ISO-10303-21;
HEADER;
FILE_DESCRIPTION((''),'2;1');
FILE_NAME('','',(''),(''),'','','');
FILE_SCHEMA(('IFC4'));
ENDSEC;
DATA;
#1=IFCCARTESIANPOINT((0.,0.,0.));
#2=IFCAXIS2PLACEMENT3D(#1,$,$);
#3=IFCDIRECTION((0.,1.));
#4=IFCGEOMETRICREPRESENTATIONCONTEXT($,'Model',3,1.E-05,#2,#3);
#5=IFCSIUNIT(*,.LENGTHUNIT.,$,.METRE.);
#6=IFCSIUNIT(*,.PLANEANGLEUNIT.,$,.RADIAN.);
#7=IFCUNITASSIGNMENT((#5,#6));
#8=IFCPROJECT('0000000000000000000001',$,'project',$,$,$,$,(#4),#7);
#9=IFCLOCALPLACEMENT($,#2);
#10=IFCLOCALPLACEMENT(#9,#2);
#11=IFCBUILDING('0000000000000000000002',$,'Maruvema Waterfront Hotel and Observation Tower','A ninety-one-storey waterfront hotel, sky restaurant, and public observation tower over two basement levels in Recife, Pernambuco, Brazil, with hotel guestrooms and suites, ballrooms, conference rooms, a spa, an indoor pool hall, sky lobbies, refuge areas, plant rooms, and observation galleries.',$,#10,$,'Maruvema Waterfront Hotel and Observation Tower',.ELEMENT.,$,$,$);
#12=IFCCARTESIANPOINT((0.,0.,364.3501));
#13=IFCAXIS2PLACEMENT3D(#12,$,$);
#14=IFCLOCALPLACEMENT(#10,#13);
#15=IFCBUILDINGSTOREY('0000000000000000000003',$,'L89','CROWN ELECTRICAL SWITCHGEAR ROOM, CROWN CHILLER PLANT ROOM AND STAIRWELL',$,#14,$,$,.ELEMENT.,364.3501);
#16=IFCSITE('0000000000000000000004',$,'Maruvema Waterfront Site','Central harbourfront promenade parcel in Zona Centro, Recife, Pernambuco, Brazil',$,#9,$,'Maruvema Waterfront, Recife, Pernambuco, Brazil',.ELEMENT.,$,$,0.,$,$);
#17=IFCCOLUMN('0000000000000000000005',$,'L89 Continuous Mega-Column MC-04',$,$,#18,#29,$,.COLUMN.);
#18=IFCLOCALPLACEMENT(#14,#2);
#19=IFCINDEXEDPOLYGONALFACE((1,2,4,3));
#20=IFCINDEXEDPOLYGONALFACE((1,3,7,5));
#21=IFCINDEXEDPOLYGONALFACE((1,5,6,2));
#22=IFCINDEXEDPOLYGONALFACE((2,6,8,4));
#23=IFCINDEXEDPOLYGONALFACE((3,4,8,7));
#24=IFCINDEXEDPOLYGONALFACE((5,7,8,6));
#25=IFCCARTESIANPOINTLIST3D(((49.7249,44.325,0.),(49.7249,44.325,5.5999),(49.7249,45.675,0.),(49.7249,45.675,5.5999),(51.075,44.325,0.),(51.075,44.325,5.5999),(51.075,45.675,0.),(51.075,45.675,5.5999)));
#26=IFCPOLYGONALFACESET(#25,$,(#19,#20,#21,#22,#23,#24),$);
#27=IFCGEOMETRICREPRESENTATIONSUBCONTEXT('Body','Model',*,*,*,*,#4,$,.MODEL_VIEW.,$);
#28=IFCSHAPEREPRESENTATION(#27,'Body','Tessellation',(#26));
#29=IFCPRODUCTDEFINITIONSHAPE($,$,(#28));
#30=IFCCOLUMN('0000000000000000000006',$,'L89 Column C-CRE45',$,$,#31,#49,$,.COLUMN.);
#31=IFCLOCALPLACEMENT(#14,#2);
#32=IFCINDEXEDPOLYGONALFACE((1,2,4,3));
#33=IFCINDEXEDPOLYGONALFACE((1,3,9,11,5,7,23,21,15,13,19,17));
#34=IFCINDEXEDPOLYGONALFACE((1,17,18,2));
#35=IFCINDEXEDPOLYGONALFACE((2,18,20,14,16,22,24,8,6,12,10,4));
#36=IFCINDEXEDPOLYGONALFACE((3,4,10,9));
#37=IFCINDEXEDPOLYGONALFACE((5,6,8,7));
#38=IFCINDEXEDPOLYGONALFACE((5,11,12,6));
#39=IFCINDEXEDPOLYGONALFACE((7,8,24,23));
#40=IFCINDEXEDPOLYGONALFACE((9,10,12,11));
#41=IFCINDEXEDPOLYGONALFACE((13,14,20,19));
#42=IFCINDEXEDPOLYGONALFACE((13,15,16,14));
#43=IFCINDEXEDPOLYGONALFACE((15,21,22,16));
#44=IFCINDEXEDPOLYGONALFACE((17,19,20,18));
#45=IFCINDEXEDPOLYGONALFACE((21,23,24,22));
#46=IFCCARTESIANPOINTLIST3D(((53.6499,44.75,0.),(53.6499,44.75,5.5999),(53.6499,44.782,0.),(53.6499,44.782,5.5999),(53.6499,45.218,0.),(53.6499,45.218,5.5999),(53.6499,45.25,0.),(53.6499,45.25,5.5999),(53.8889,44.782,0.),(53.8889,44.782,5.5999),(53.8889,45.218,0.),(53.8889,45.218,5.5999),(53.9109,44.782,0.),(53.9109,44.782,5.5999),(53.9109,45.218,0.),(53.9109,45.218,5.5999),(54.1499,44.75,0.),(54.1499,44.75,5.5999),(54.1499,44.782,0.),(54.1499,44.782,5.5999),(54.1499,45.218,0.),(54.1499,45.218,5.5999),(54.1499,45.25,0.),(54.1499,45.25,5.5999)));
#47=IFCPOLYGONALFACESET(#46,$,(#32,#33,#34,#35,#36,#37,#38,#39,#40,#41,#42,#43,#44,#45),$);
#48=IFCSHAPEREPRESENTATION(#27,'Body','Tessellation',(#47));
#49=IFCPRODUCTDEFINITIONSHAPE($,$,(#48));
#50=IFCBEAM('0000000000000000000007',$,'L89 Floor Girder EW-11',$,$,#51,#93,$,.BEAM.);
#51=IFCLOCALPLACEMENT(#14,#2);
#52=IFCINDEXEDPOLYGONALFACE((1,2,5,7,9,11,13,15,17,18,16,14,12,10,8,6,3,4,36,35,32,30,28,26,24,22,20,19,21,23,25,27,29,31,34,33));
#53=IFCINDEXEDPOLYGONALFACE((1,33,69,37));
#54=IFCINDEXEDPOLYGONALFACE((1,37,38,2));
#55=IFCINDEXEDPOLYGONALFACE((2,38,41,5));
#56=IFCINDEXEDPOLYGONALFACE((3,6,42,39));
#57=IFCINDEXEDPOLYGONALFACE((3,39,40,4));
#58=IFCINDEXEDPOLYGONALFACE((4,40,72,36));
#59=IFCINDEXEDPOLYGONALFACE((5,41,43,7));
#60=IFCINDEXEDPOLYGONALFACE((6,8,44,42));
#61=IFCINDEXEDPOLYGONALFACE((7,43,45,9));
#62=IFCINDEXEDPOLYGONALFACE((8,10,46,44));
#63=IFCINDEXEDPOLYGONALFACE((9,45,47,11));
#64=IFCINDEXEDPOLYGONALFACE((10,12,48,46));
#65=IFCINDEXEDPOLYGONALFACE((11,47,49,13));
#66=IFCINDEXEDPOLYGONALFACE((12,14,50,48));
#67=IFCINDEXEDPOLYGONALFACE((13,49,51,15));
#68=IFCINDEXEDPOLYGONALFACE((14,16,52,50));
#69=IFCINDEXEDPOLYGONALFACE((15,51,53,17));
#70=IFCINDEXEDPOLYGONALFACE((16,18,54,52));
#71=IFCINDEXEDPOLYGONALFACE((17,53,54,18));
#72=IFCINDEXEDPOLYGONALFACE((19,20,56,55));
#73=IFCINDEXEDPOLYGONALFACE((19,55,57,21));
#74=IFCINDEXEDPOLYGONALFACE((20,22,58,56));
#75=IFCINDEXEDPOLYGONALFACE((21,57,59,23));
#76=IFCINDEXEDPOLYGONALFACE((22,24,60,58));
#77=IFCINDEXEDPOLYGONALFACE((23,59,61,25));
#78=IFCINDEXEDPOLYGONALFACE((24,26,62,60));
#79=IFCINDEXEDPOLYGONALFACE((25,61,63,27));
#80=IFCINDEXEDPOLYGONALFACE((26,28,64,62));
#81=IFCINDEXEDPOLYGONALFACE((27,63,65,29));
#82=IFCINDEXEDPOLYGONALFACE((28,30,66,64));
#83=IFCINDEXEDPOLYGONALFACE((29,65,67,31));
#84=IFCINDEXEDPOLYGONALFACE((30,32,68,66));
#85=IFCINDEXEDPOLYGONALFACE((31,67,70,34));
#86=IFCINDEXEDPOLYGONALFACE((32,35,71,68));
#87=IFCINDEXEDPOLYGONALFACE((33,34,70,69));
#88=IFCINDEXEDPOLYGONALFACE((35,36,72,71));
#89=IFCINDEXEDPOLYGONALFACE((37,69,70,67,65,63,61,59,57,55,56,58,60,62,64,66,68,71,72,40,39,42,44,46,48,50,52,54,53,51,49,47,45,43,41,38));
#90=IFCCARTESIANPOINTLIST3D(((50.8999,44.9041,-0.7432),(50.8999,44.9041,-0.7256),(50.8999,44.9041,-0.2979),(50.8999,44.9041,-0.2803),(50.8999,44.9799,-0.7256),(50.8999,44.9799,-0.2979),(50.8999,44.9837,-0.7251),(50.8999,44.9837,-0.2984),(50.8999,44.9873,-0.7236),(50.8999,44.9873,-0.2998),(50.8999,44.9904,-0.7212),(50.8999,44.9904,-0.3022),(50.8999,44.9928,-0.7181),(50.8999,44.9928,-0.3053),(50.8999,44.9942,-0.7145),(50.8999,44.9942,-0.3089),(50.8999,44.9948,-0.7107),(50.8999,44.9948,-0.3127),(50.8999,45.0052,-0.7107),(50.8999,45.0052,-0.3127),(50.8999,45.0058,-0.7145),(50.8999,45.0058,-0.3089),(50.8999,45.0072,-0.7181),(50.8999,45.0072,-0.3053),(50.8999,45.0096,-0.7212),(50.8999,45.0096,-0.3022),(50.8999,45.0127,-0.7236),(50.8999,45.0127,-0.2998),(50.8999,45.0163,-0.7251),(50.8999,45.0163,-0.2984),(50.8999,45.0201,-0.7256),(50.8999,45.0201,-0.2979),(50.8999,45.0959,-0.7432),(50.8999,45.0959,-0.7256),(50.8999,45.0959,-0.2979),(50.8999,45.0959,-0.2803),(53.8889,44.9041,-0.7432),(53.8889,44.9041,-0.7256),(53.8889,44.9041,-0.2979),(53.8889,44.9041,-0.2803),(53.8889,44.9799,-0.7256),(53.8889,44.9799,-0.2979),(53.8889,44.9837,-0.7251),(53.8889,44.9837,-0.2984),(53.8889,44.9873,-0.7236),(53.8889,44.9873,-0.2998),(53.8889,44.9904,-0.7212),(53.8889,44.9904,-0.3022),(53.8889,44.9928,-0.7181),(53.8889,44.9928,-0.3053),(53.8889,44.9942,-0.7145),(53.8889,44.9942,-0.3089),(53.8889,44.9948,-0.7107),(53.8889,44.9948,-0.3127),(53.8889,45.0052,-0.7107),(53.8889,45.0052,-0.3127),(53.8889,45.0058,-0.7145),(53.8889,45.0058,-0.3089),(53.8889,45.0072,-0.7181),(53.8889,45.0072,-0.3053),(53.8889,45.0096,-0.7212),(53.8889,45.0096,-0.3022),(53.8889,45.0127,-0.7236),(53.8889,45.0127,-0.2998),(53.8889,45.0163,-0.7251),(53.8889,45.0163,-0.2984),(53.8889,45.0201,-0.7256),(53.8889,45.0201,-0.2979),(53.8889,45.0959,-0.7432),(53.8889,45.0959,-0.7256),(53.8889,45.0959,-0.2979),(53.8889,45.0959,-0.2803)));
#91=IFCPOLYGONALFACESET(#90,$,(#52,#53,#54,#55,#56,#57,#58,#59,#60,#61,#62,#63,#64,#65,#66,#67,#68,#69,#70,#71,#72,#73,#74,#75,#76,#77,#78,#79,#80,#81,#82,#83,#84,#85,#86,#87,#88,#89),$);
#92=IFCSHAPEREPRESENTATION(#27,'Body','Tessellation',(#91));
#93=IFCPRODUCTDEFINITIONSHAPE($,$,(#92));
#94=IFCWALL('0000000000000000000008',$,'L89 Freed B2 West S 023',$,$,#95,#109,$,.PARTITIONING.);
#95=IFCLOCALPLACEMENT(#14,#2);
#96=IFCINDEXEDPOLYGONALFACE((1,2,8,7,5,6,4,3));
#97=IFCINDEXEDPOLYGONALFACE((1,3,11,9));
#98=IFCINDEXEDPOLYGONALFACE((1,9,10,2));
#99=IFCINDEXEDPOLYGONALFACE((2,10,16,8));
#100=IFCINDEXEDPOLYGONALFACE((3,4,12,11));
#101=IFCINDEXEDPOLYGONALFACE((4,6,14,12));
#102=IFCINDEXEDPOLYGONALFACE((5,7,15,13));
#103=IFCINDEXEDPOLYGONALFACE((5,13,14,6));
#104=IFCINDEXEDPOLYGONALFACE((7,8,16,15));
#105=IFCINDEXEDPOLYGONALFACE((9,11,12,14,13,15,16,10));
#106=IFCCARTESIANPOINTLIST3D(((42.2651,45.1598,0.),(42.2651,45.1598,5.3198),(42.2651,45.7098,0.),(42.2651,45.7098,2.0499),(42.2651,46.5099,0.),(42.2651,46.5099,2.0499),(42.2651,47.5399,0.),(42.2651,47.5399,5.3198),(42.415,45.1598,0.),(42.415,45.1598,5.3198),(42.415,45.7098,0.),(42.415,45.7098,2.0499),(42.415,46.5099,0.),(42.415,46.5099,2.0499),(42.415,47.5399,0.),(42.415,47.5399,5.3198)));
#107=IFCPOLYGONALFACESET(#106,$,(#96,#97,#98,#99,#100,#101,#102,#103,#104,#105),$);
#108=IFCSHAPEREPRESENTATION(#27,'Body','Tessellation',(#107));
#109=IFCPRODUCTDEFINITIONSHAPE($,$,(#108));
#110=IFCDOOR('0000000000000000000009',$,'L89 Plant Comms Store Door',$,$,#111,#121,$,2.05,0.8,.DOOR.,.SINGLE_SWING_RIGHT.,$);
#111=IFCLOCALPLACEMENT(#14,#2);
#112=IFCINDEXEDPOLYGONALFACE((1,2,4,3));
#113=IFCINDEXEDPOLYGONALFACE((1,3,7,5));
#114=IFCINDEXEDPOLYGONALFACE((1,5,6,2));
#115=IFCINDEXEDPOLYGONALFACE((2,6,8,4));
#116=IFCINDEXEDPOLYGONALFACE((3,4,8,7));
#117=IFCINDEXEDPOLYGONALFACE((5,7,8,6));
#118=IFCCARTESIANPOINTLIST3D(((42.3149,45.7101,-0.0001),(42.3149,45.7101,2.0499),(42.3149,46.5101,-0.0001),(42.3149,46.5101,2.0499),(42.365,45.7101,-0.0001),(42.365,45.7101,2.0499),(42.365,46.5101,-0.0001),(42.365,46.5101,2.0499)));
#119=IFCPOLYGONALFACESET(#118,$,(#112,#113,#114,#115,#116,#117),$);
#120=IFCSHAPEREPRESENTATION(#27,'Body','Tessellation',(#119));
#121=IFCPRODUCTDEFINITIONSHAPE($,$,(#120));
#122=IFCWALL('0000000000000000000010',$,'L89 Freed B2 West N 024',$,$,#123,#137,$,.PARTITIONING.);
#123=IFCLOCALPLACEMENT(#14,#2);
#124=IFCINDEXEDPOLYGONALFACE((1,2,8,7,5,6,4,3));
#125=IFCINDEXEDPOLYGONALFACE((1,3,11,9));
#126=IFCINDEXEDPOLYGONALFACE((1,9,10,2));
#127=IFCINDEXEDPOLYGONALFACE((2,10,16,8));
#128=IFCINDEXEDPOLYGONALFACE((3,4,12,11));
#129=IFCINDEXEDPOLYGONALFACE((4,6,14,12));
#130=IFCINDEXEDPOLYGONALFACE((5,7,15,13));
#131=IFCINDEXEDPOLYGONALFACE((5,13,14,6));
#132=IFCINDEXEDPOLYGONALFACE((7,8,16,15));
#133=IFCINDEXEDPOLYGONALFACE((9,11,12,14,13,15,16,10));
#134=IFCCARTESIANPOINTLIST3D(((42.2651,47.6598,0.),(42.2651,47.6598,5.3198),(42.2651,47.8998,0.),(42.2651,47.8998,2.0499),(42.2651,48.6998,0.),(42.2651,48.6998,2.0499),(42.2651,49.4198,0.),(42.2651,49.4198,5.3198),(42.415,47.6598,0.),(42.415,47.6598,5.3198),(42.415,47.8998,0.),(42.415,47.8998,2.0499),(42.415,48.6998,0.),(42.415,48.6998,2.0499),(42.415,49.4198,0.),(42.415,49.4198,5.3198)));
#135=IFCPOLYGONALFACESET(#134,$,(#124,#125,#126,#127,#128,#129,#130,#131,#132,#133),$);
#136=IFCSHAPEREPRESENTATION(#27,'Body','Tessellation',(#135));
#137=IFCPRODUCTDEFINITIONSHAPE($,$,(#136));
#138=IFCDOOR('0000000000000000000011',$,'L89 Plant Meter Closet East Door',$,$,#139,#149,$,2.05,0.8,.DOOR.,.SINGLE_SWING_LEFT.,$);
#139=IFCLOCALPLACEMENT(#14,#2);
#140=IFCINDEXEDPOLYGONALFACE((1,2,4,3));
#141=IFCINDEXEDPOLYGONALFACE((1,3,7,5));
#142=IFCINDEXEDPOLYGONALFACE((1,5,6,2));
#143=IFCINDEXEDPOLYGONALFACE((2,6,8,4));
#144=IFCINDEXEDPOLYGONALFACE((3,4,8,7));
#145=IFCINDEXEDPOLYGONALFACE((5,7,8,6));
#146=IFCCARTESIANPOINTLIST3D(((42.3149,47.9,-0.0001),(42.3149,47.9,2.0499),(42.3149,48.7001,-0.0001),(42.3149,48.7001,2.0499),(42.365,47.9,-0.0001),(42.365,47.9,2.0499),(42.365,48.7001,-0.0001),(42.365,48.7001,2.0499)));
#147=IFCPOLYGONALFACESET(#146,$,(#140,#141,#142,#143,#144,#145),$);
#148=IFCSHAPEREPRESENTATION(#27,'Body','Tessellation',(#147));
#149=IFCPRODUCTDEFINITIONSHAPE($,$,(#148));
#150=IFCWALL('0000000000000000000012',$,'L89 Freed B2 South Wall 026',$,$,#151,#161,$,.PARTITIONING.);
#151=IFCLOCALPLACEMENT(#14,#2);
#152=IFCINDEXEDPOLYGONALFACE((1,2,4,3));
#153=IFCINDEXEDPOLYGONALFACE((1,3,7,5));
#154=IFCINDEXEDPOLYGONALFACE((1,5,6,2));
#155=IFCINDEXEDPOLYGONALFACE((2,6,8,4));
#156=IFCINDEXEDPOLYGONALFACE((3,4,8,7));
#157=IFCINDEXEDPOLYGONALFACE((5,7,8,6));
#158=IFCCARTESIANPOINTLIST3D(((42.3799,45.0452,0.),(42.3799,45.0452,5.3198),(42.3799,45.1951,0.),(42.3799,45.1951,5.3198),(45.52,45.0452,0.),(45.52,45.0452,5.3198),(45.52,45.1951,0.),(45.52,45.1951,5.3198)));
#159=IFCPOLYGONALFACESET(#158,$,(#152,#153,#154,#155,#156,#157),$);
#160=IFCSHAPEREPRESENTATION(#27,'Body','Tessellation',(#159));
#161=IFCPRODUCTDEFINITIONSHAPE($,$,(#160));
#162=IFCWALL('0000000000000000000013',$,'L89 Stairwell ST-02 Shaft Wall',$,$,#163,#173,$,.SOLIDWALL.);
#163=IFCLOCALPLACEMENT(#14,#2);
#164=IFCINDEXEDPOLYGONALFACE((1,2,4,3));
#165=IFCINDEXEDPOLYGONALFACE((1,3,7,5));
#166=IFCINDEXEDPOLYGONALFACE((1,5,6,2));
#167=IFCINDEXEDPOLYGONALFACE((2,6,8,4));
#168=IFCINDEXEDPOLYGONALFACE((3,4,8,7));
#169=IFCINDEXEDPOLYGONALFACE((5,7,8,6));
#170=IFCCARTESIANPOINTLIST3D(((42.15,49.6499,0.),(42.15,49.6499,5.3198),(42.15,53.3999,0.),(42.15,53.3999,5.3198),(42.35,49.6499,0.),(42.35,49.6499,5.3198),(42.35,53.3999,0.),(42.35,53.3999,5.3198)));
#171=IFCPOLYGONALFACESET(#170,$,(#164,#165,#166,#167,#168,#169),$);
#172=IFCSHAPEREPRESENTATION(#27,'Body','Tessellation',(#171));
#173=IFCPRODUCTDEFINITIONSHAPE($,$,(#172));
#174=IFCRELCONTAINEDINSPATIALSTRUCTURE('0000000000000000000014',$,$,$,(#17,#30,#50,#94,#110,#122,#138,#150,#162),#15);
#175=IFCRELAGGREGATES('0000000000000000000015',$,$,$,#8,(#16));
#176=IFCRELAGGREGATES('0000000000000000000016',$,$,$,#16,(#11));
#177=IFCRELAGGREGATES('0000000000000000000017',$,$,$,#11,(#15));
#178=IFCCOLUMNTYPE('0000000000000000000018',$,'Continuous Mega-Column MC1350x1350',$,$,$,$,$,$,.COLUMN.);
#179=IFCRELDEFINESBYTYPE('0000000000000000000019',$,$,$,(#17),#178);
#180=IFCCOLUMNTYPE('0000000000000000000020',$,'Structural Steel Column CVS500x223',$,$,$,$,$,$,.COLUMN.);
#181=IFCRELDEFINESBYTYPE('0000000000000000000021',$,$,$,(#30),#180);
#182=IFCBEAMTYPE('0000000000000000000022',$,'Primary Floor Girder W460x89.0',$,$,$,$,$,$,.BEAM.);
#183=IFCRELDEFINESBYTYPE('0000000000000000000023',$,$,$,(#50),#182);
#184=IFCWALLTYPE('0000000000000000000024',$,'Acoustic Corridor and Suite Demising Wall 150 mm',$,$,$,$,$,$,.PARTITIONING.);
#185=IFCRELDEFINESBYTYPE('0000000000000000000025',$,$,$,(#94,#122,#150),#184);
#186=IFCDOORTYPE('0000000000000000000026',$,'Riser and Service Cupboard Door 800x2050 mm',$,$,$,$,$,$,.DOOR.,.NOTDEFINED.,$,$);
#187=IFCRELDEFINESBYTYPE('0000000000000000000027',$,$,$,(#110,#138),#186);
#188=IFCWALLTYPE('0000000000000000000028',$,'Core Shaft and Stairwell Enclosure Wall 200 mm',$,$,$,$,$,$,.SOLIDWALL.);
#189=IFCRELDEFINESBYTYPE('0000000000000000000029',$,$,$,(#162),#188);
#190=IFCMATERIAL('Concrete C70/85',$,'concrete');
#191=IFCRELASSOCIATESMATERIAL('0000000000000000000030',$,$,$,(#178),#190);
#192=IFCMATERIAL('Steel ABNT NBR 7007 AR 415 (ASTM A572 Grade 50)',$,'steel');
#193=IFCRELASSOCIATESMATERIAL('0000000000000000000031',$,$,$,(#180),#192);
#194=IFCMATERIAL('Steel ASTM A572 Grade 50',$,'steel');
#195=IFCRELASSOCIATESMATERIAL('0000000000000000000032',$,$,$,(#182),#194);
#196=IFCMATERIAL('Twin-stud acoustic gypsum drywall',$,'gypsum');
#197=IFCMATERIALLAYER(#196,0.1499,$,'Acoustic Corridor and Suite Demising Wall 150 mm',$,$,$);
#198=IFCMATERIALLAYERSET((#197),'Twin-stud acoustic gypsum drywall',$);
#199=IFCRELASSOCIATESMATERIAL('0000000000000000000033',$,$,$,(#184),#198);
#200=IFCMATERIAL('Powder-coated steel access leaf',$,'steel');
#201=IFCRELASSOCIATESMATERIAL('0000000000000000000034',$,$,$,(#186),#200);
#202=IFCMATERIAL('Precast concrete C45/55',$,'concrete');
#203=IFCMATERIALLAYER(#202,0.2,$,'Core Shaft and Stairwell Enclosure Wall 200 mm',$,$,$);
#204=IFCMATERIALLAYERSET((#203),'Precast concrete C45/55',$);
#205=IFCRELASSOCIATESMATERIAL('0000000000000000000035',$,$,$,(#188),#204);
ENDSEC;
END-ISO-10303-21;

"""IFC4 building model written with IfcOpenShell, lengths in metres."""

from ifc_helpers import new_model, si_unit, direction, frame, frame_2d, origin, origin_2d, place, context, subcontext, project, spatial, rectangle, i_section, extrude, material, layer, layer_set, material_profile, profile_set, type_object, element, fill, save


model = new_model("IFC4")

# Units and contexts
model_context = context("Model", 3, precision=1e-05, world=origin(), true_north=direction((0.0, 1.0)))
body_context = subcontext(model_context, "Body", "Model", "MODEL_VIEW")
ifc_project = project(units=[si_unit("LENGTHUNIT", "METRE"), si_unit("PLANEANGLEUNIT", "RADIAN")], contexts=[model_context])

# Site, building, storey
site_placement = place(None, origin())
site = spatial("IfcSite", under=ifc_project, at=site_placement, Name="Maruvema Waterfront Site", Description="Central harbourfront promenade parcel in Zona Centro, Recife, Pernambuco, Brazil", LongName="Maruvema Waterfront, Recife, Pernambuco, Brazil", CompositionType="ELEMENT", RefElevation=0.0)
building_placement = place(site_placement, origin())
building = spatial("IfcBuilding", under=site, at=building_placement, Name="Maruvema Waterfront Hotel and Observation Tower", Description="A ninety-one-storey waterfront hotel, sky restaurant, and public observation tower over two basement levels in Recife, Pernambuco, Brazil, with hotel guestrooms and suites, ballrooms, conference rooms, a spa, an indoor pool hall, sky lobbies, refuge areas, plant rooms, and observation galleries.", LongName="Maruvema Waterfront Hotel and Observation Tower", CompositionType="ELEMENT")
storey_placement = place(building_placement, frame((0.0, 0.0, 364.3501)))
storey = spatial("IfcBuildingStorey", under=building, at=storey_placement, Name="L89", Description="CROWN ELECTRICAL SWITCHGEAR ROOM, CROWN CHILLER PLANT ROOM AND STAIRWELL", CompositionType="ELEMENT", Elevation=364.3501)

# Columns
ifc_material_1 = material(Name="Concrete C70/85", Category="concrete")
ifc_material_profile_1 = material_profile(ifc_material_1, rectangle(XDim=1.3501, YDim=1.3501, at=origin_2d()), Name="MC1350x1350")
ifc_profile_set_1 = profile_set([ifc_material_profile_1], Name="Concrete C70/85")
column_type_1 = type_object("IfcColumnType", Name="Continuous Mega-Column MC1350x1350", PredefinedType="COLUMN", material=ifc_profile_set_1)
column_1_placement = place(storey_placement, frame((50.3999, 45.0, 0.0), z_axis=(0.0, 0.0, 1.0), x_axis=(1.0, 0.0, 0.0)))
element("IfcColumn", 1, at=column_1_placement, inside=storey, type_object=column_type_1, Name="L89 Continuous Mega-Column MC-04", PredefinedType="COLUMN", context=body_context, shape_type="SweptSolid", body=[
    extrude(rectangle(XDim=1.3501, YDim=1.3501, at=origin_2d()), origin(), (0.0, 0.0, 1.0), 5.5999),
])
ifc_material_2 = material(Name="Steel ABNT NBR 7007 AR 415 (ASTM A572 Grade 50)", Category="steel")
ifc_material_profile_2 = material_profile(ifc_material_2, i_section(OverallWidth=0.5, OverallDepth=0.5, WebThickness=0.022, FlangeThickness=0.032, at=origin_2d()), Name="CVS500x223")
ifc_profile_set_2 = profile_set([ifc_material_profile_2], Name="Steel ABNT NBR 7007 AR 415 (ASTM A572 Grade 50)")
column_type_2 = type_object("IfcColumnType", Name="Structural Steel Column CVS500x223", PredefinedType="COLUMN", material=ifc_profile_set_2)
column_2_placement = place(storey_placement, frame((53.8999, 45.0, 0.0), z_axis=(0.0, 0.0, 1.0), x_axis=(1.0, 0.0, 0.0)))
element("IfcColumn", 2, at=column_2_placement, inside=storey, type_object=column_type_2, Name="L89 Column C-CRE45", PredefinedType="COLUMN", context=body_context, shape_type="SweptSolid", body=[
    extrude(i_section(OverallWidth=0.5, OverallDepth=0.5, WebThickness=0.022, FlangeThickness=0.032, at=origin_2d()), origin(), (0.0, 0.0, 1.0), 5.5999),
])

# Beam
ifc_material_3 = material(Name="Steel ASTM A572 Grade 50", Category="steel")
ifc_material_profile_3 = material_profile(ifc_material_3, i_section(OverallWidth=0.1919, OverallDepth=0.4629, WebThickness=0.0105, FlangeThickness=0.0176, FilletRadius=0.0149, at=origin_2d()), Name="W460x89.0")
ifc_profile_set_3 = profile_set([ifc_material_profile_3], Name="Steel ASTM A572 Grade 50")
beam_type = type_object("IfcBeamType", Name="Primary Floor Girder W460x89.0", PredefinedType="BEAM", material=ifc_profile_set_3)
beam_placement = place(storey_placement, frame((50.8999, 45.0, -0.5117), z_axis=(1.0, 0.0, 0.0), x_axis=(0.0, 1.0, 0.0)))
element("IfcBeam", 3, at=beam_placement, inside=storey, type_object=beam_type, Name="L89 Floor Girder EW-11", PredefinedType="BEAM", context=body_context, shape_type="SweptSolid", body=[
    extrude(i_section(OverallWidth=0.1919, OverallDepth=0.4629, WebThickness=0.0105, FlangeThickness=0.0176, FilletRadius=0.0149, at=origin_2d()), origin(), (0.0, 0.0, 1.0), 2.989),
])

# Walls, openings, doors
ifc_material_4 = material(Name="Twin-stud acoustic gypsum drywall", Category="gypsum")
ifc_layer_1 = layer(ifc_material_4, 0.1499, Name="Acoustic Corridor and Suite Demising Wall 150 mm")
ifc_layer_set_1 = layer_set([ifc_layer_1], Name="Twin-stud acoustic gypsum drywall")
wall_type_1 = type_object("IfcWallType", Name="Acoustic Corridor and Suite Demising Wall 150 mm", PredefinedType="PARTITIONING", material=ifc_layer_set_1)
wall_1_placement = place(storey_placement, frame((42.3401, 45.1599, 0.0), z_axis=(0.0, 0.0, 1.0), x_axis=(0.0, 1.0, 0.0)))
wall_1 = element("IfcWall", 4, at=wall_1_placement, inside=storey, type_object=wall_type_1, Name="L89 Freed B2 West S 023", PredefinedType="PARTITIONING", context=body_context, shape_type="SweptSolid", body=[
    extrude(rectangle(XDim=2.3801, YDim=0.1499, at=frame_2d((1.1899, 0.0))), origin(), (0.0, 0.0, 1.0), 5.3198),
])
opening_1_placement = place(wall_1_placement, frame((0.55, 0.0, 0.0)))
opening_1 = element("IfcOpeningElement", 5, at=opening_1_placement, cuts=wall_1, PredefinedType="OPENING", context=body_context, shape_type="SweptSolid", body=[
    extrude(rectangle(XDim=0.8, YDim=2.05, at=frame_2d((0.3999, 1.0249))), frame((0.0, 0.085, 0.0), z_axis=(0.0, -1.0, 0.0), x_axis=(1.0, 0.0, 0.0)), (0.0, 0.0, 1.0), 0.1699),
])
ifc_material_5 = material(Name="Powder-coated steel access leaf", Category="steel")
door_type = type_object("IfcDoorType", Name="Riser and Service Cupboard Door 800x2050 mm", OperationType="NOTDEFINED", PredefinedType="DOOR", material=ifc_material_5)
door_1_placement = place(opening_1_placement, frame((0.8, 0.0, 0.0), z_axis=(0.0, 0.0, 1.0), x_axis=(-1.0, 0.0, 0.0)))
door_1 = element("IfcDoor", 6, at=door_1_placement, inside=storey, type_object=door_type, Name="L89 Plant Comms Store Door", OperationType="SINGLE_SWING_RIGHT", OverallHeight=2.05, OverallWidth=0.8, PredefinedType="DOOR", context=body_context, shape_type="SweptSolid", body=[
    extrude(rectangle(XDim=0.8, YDim=2.05, at=frame_2d((0.3999, 1.0249))), frame((0.0, 0.0249, 0.0), z_axis=(0.0, -1.0, 0.0), x_axis=(1.0, 0.0, 0.0)), (0.0, 0.0, 1.0), 0.05),
])
fill(opening_1, door_1)
wall_2_placement = place(storey_placement, frame((42.3401, 47.6599, 0.0), z_axis=(0.0, 0.0, 1.0), x_axis=(0.0, 1.0, 0.0)))
wall_2 = element("IfcWall", 7, at=wall_2_placement, inside=storey, type_object=wall_type_1, Name="L89 Freed B2 West N 024", PredefinedType="PARTITIONING", context=body_context, shape_type="SweptSolid", body=[
    extrude(rectangle(XDim=1.76, YDim=0.1499, at=frame_2d((0.8799, 0.0))), origin(), (0.0, 0.0, 1.0), 5.3198),
])
opening_2_placement = place(wall_2_placement, frame((0.24, 0.0, 0.0)))
opening_2 = element("IfcOpeningElement", 8, at=opening_2_placement, cuts=wall_2, PredefinedType="OPENING", context=body_context, shape_type="SweptSolid", body=[
    extrude(rectangle(XDim=0.8, YDim=2.05, at=frame_2d((0.3999, 1.0249))), frame((0.0, 0.085, 0.0), z_axis=(0.0, -1.0, 0.0), x_axis=(1.0, 0.0, 0.0)), (0.0, 0.0, 1.0), 0.1699),
])
door_2_placement = place(opening_2_placement, frame((0.8, 0.0, 0.0), z_axis=(0.0, 0.0, 1.0), x_axis=(-1.0, 0.0, 0.0)))
door_2 = element("IfcDoor", 9, at=door_2_placement, inside=storey, type_object=door_type, Name="L89 Plant Meter Closet East Door", OperationType="SINGLE_SWING_LEFT", OverallHeight=2.05, OverallWidth=0.8, PredefinedType="DOOR", context=body_context, shape_type="SweptSolid", body=[
    extrude(rectangle(XDim=0.8, YDim=2.05, at=frame_2d((0.3999, 1.0249))), frame((0.0, 0.0249, 0.0), z_axis=(0.0, -1.0, 0.0), x_axis=(1.0, 0.0, 0.0)), (0.0, 0.0, 1.0), 0.05),
])
fill(opening_2, door_2)

# Walls
wall_3_placement = place(storey_placement, frame((42.3799, 45.1201, 0.0), z_axis=(0.0, 0.0, 1.0), x_axis=(1.0, 0.0, 0.0)))
element("IfcWall", 10, at=wall_3_placement, inside=storey, type_object=wall_type_1, Name="L89 Freed B2 South Wall 026", PredefinedType="PARTITIONING", context=body_context, shape_type="SweptSolid", body=[
    extrude(rectangle(XDim=3.1401, YDim=0.1499, at=frame_2d((1.5701, 0.0))), origin(), (0.0, 0.0, 1.0), 5.3198),
])
ifc_material_6 = material(Name="Precast concrete C45/55", Category="concrete")
ifc_layer_2 = layer(ifc_material_6, 0.2, Name="Core Shaft and Stairwell Enclosure Wall 200 mm")
ifc_layer_set_2 = layer_set([ifc_layer_2], Name="Precast concrete C45/55")
wall_type_2 = type_object("IfcWallType", Name="Core Shaft and Stairwell Enclosure Wall 200 mm", PredefinedType="SOLIDWALL", material=ifc_layer_set_2)
wall_4_placement = place(storey_placement, frame((42.25, 49.6499, 0.0), z_axis=(0.0, 0.0, 1.0), x_axis=(0.0, 1.0, 0.0)))
element("IfcWall", 11, at=wall_4_placement, inside=storey, type_object=wall_type_2, Name="L89 Stairwell ST-02 Shaft Wall", PredefinedType="SOLIDWALL", context=body_context, shape_type="SweptSolid", body=[
    extrude(rectangle(XDim=3.75, YDim=0.2, at=frame_2d((1.875, 0.0))), origin(), (0.0, 0.0, 1.0), 5.3198),
])

save(model, "model.ifc")
